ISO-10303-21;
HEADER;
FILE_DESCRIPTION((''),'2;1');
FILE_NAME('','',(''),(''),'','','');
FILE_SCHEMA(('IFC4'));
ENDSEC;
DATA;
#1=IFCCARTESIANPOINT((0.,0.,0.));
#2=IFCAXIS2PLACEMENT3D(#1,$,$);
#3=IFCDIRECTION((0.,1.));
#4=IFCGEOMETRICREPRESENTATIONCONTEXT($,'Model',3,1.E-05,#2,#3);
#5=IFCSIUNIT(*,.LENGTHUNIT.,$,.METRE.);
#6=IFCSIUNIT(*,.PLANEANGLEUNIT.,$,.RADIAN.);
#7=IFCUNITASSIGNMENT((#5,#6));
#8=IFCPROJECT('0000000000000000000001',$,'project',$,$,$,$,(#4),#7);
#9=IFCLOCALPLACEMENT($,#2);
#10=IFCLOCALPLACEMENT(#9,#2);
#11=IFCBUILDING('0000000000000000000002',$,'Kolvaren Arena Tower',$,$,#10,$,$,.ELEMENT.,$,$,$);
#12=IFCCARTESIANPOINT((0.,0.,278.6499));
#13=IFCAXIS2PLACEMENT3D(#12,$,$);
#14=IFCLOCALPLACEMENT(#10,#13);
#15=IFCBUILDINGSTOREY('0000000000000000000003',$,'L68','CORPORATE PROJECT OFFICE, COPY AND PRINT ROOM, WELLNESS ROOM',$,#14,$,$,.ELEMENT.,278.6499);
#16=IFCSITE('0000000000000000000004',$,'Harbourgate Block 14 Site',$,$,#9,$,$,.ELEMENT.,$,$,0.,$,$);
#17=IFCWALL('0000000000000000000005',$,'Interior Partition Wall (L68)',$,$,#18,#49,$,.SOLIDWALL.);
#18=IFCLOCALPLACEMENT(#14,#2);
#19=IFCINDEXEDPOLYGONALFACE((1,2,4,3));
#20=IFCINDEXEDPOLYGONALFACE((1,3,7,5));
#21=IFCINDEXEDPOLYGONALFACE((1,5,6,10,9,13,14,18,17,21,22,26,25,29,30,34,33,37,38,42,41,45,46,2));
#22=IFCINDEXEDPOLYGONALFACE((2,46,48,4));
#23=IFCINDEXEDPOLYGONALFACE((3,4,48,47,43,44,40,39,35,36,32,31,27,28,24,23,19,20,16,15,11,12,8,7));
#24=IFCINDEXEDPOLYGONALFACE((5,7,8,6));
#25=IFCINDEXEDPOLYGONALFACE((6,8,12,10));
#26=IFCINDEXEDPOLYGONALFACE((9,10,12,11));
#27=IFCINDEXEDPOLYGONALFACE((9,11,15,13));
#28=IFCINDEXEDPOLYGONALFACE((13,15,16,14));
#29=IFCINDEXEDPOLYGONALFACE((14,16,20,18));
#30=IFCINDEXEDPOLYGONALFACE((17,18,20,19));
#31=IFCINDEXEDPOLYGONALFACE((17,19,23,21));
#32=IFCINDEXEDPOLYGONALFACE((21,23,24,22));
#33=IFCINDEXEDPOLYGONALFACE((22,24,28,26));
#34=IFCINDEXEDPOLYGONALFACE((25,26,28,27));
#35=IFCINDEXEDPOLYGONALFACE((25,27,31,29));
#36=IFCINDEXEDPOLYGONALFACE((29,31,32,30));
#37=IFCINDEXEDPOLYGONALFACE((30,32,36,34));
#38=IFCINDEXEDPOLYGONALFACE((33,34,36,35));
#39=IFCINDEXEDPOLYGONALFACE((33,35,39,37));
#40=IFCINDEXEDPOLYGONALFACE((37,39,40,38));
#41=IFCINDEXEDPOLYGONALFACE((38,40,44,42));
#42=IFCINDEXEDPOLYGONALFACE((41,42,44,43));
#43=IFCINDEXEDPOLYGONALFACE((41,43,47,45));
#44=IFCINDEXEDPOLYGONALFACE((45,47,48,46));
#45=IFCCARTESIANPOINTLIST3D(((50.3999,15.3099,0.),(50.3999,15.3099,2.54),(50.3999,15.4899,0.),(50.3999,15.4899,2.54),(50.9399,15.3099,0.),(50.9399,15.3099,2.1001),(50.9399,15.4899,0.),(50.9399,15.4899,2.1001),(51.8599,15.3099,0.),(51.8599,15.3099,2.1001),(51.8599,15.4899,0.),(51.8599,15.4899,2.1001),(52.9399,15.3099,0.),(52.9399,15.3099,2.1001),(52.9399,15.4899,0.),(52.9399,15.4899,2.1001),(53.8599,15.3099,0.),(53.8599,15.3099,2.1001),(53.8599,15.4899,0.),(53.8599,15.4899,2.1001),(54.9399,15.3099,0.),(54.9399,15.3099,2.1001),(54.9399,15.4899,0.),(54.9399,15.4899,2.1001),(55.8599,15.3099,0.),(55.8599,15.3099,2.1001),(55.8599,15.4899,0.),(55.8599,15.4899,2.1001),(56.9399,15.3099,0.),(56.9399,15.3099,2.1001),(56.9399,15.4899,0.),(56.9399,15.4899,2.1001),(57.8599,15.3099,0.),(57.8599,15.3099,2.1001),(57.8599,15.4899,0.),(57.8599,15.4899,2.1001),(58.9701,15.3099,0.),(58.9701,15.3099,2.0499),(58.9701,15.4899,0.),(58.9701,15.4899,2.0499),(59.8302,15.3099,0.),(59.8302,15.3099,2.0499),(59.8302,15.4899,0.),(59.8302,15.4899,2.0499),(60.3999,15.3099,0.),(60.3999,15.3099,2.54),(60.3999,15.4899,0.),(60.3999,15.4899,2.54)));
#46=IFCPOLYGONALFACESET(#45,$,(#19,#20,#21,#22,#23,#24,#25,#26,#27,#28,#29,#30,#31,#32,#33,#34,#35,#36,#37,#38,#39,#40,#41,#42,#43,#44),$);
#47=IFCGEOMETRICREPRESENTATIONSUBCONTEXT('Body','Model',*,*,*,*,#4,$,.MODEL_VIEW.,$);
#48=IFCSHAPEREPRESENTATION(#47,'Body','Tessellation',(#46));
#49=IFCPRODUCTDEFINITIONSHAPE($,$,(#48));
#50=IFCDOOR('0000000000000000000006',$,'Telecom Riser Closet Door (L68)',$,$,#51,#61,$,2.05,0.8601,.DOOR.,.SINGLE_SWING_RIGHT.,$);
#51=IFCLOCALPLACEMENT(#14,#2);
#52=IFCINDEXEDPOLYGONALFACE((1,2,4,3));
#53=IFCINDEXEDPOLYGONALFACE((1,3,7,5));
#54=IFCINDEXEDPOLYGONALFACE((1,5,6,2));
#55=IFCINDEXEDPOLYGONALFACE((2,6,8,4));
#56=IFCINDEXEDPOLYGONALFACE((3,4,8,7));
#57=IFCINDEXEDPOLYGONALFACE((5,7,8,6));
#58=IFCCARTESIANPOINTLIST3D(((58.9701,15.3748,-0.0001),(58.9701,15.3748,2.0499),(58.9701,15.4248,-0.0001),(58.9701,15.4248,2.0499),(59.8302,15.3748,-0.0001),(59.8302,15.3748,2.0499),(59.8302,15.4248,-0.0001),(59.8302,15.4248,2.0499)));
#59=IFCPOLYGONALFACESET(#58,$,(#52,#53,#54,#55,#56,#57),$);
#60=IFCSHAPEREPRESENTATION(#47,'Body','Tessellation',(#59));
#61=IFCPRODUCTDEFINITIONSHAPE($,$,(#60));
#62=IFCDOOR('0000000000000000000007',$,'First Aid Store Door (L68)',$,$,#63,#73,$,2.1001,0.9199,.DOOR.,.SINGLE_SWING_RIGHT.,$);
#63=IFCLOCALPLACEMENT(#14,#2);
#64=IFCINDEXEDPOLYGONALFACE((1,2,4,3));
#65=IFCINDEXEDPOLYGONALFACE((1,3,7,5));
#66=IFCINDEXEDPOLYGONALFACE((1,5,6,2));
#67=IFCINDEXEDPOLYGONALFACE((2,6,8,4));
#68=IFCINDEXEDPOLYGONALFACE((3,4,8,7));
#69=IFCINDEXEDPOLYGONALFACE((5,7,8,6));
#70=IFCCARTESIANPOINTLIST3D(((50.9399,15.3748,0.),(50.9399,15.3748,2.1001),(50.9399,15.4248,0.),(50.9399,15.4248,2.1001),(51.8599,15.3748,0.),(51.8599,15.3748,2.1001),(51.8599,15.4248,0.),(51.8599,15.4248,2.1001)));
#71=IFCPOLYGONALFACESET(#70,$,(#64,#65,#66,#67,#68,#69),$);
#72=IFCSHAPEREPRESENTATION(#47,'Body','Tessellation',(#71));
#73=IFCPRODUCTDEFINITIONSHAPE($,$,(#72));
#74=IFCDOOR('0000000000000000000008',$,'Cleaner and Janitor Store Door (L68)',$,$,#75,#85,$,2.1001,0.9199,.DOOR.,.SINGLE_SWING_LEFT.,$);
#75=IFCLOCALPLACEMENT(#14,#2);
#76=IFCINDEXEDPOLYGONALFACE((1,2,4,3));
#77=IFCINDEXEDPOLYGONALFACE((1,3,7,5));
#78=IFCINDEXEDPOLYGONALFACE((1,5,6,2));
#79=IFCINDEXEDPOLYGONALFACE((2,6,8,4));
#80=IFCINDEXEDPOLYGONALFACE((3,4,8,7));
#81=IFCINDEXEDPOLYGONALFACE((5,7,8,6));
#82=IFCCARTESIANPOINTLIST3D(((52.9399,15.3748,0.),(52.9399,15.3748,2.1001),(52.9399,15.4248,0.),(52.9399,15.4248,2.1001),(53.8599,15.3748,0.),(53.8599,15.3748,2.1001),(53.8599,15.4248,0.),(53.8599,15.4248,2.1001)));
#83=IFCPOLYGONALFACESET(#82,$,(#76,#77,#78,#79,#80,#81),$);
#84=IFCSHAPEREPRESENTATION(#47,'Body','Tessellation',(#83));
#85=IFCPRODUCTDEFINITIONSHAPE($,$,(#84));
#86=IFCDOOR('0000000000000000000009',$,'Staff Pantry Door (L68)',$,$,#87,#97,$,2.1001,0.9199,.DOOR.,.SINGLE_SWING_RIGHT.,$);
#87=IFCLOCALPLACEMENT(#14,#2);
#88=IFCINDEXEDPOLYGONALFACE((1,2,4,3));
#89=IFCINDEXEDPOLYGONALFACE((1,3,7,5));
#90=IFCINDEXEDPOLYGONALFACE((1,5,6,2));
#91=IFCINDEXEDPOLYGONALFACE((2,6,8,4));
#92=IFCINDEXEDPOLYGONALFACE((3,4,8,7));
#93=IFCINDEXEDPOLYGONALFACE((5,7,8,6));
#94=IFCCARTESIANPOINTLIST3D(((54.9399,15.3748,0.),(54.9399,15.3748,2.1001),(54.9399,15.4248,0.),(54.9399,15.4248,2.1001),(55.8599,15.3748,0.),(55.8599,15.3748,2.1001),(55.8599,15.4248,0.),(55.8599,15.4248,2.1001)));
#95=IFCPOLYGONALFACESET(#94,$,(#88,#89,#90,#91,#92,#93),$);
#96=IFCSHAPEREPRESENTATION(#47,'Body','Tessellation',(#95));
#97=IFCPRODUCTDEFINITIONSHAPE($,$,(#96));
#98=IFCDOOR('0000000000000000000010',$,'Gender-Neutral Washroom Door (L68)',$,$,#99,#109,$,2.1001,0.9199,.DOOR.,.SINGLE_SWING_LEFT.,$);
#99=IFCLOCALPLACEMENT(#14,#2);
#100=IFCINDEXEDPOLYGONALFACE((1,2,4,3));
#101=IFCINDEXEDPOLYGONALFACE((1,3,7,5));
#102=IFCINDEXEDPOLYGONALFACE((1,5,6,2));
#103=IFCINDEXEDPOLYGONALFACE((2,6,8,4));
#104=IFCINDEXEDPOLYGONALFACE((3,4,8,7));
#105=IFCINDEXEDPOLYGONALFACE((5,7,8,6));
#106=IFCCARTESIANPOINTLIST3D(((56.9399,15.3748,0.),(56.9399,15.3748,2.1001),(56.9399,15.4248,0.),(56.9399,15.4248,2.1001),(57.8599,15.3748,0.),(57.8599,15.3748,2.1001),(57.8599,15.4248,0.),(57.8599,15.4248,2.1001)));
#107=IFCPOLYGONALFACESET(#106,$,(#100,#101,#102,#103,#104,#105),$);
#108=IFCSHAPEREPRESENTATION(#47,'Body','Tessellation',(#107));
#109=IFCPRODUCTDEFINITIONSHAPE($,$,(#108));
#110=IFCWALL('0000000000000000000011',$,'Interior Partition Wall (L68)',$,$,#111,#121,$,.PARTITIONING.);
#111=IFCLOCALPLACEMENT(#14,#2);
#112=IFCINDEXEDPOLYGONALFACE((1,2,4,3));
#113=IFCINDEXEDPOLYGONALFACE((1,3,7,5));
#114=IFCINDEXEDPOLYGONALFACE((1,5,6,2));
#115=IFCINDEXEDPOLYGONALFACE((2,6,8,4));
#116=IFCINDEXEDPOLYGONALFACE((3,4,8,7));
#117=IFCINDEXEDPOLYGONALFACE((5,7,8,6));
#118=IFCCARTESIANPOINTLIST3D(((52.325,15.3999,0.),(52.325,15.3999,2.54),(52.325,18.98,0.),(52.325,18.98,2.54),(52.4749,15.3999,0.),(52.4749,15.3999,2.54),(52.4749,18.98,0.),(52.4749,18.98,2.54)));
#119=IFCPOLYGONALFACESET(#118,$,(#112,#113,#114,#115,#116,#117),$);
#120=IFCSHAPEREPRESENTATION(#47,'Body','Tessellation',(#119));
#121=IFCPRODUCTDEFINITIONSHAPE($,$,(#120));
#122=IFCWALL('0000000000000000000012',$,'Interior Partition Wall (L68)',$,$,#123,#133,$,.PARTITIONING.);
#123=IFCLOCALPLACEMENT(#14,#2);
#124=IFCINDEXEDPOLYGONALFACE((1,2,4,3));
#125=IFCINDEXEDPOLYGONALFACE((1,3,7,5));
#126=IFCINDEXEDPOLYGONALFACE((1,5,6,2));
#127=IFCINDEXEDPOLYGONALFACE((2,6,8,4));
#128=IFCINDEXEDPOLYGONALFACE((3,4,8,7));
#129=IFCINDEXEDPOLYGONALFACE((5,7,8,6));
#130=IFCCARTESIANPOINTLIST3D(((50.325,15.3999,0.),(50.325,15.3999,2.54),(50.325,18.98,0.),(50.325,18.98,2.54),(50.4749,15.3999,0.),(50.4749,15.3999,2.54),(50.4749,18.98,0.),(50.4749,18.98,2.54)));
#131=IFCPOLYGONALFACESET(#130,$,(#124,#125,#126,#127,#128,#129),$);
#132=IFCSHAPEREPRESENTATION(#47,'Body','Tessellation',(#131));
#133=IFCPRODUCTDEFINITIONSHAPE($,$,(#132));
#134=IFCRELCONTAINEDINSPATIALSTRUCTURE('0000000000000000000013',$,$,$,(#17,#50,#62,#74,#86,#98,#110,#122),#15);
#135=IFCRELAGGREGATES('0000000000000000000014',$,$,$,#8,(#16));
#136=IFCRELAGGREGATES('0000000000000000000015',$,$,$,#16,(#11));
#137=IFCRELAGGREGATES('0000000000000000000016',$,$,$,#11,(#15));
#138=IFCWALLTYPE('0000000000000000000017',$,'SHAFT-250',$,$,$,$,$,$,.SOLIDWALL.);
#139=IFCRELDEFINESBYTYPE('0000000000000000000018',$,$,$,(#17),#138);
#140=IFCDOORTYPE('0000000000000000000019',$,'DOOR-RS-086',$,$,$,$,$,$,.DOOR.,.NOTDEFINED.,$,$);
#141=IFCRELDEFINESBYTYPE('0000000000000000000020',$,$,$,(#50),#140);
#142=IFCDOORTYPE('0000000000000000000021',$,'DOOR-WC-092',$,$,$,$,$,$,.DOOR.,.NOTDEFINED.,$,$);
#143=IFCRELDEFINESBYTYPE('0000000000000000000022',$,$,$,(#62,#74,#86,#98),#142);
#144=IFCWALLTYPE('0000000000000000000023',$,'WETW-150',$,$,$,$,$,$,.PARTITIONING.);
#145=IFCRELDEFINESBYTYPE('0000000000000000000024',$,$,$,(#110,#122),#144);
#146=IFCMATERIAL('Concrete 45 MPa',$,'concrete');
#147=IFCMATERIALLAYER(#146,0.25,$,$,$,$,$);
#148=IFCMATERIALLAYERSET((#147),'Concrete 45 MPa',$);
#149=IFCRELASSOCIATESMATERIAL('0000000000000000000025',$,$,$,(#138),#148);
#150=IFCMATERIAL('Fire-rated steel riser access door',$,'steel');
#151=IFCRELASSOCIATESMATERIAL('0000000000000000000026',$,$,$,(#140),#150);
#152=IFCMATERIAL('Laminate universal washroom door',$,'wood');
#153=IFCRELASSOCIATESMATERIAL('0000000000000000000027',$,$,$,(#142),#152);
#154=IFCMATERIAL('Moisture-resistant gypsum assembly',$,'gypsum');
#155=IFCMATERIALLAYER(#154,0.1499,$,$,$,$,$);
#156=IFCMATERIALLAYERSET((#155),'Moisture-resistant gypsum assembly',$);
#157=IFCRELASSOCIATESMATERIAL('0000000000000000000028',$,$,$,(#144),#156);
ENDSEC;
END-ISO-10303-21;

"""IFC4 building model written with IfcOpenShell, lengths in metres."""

from ifc_helpers import new_model, si_unit, direction, frame, frame_2d, origin, place, context, subcontext, project, spatial, rectangle, extrude, material, layer, layer_set, type_object, element, fill, save


model = new_model("IFC4")

# Units and contexts
model_context = context("Model", 3, precision=1e-05, world=origin(), true_north=direction((0.0, 1.0)))
body_context = subcontext(model_context, "Body", "Model", "MODEL_VIEW")
ifc_project = project(units=[si_unit("LENGTHUNIT", "METRE"), si_unit("PLANEANGLEUNIT", "RADIAN")], contexts=[model_context])

# Site, building, storey
site_placement = place(None, origin())
site = spatial("IfcSite", under=ifc_project, at=site_placement, Name="Harbourgate Block 14 Site", CompositionType="ELEMENT", RefElevation=0.0)
building_placement = place(site_placement, origin())
building = spatial("IfcBuilding", under=site, at=building_placement, Name="Kolvaren Arena Tower", CompositionType="ELEMENT")
storey_placement = place(building_placement, frame((0.0, 0.0, 278.6499)))
storey = spatial("IfcBuildingStorey", under=building, at=storey_placement, Name="L68", Description="CORPORATE PROJECT OFFICE, COPY AND PRINT ROOM, WELLNESS ROOM", CompositionType="ELEMENT", Elevation=278.6499)

# Wall, openings, doors
ifc_material_1 = material(Name="Concrete 45 MPa", Category="concrete")
ifc_layer_1 = layer(ifc_material_1, 0.25)
ifc_layer_set_1 = layer_set([ifc_layer_1], Name="Concrete 45 MPa")
wall_type_1 = type_object("IfcWallType", Name="SHAFT-250", PredefinedType="SOLIDWALL", material=ifc_layer_set_1)
wall_1_placement = place(storey_placement, frame((50.3999, 15.3999, 0.0), z_axis=(0.0, 0.0, 1.0), x_axis=(1.0, 0.0, 0.0)))
wall_1 = element("IfcWall", 1, at=wall_1_placement, inside=storey, type_object=wall_type_1, Name="Interior Partition Wall (L68)", PredefinedType="SOLIDWALL", context=body_context, shape_type="SweptSolid", body=[
    extrude(rectangle(XDim=10.0, YDim=0.1799, at=frame_2d((5.0, 0.0))), origin(), (0.0, 0.0, 1.0), 2.54),
])
opening_1_placement = place(wall_1_placement, frame((0.54, 0.0, 0.0)))
opening_1 = element("IfcOpeningElement", 2, at=opening_1_placement, cuts=wall_1, PredefinedType="OPENING", context=body_context, shape_type="SweptSolid", body=[
    extrude(rectangle(XDim=0.9199, YDim=2.1001, at=frame_2d((0.46, 1.05))), frame((0.0, 0.0999, 0.0), z_axis=(0.0, -1.0, 0.0), x_axis=(1.0, 0.0, 0.0)), (0.0, 0.0, 1.0), 0.2),
])
opening_2_placement = place(wall_1_placement, frame((2.54, 0.0, 0.0)))
opening_2 = element("IfcOpeningElement", 3, at=opening_2_placement, cuts=wall_1, PredefinedType="OPENING", context=body_context, shape_type="SweptSolid", body=[
    extrude(rectangle(XDim=0.9199, YDim=2.1001, at=frame_2d((0.46, 1.05))), frame((0.0, 0.0999, 0.0), z_axis=(0.0, -1.0, 0.0), x_axis=(1.0, 0.0, 0.0)), (0.0, 0.0, 1.0), 0.2),
])
opening_3_placement = place(wall_1_placement, frame((4.54, 0.0, 0.0)))
opening_3 = element("IfcOpeningElement", 4, at=opening_3_placement, cuts=wall_1, PredefinedType="OPENING", context=body_context, shape_type="SweptSolid", body=[
    extrude(rectangle(XDim=0.9199, YDim=2.1001, at=frame_2d((0.46, 1.05))), frame((0.0, 0.0999, 0.0), z_axis=(0.0, -1.0, 0.0), x_axis=(1.0, 0.0, 0.0)), (0.0, 0.0, 1.0), 0.2),
])
opening_4_placement = place(wall_1_placement, frame((6.54, 0.0, 0.0)))
opening_4 = element("IfcOpeningElement", 5, at=opening_4_placement, cuts=wall_1, PredefinedType="OPENING", context=body_context, shape_type="SweptSolid", body=[
    extrude(rectangle(XDim=0.9199, YDim=2.1001, at=frame_2d((0.46, 1.05))), frame((0.0, 0.0999, 0.0), z_axis=(0.0, -1.0, 0.0), x_axis=(1.0, 0.0, 0.0)), (0.0, 0.0, 1.0), 0.2),
])
opening_5_placement = place(wall_1_placement, frame((8.5701, 0.0, 0.0)))
opening_5 = element("IfcOpeningElement", 6, at=opening_5_placement, cuts=wall_1, PredefinedType="OPENING", context=body_context, shape_type="SweptSolid", body=[
    extrude(rectangle(XDim=0.8601, YDim=2.05, at=frame_2d((0.4302, 1.0249))), frame((0.0, 0.0999, 0.0), z_axis=(0.0, -1.0, 0.0), x_axis=(1.0, 0.0, 0.0)), (0.0, 0.0, 1.0), 0.2),
])
ifc_material_2 = material(Name="Fire-rated steel riser access door", Category="steel")
door_type_1 = type_object("IfcDoorType", Name="DOOR-RS-086", OperationType="NOTDEFINED", PredefinedType="DOOR", material=ifc_material_2)
door_1_placement = place(opening_5_placement, origin())
door_1 = element("IfcDoor", 7, at=door_1_placement, inside=storey, type_object=door_type_1, Name="Telecom Riser Closet Door (L68)", OperationType="SINGLE_SWING_RIGHT", OverallHeight=2.05, OverallWidth=0.8601, PredefinedType="DOOR", context=body_context, shape_type="SweptSolid", body=[
    extrude(rectangle(XDim=0.8601, YDim=2.05, at=frame_2d((0.4302, 1.0249))), frame((0.0, 0.0249, 0.0), z_axis=(0.0, -1.0, 0.0), x_axis=(1.0, 0.0, 0.0)), (0.0, 0.0, 1.0), 0.05),
])
fill(opening_5, door_1)
ifc_material_3 = material(Name="Laminate universal washroom door", Category="wood")
door_type_2 = type_object("IfcDoorType", Name="DOOR-WC-092", OperationType="NOTDEFINED", PredefinedType="DOOR", material=ifc_material_3)
door_2_placement = place(opening_1_placement, origin())
door_2 = element("IfcDoor", 8, at=door_2_placement, inside=storey, type_object=door_type_2, Name="First Aid Store Door (L68)", OperationType="SINGLE_SWING_RIGHT", OverallHeight=2.1001, OverallWidth=0.9199, PredefinedType="DOOR", context=body_context, shape_type="SweptSolid", body=[
    extrude(rectangle(XDim=0.9199, YDim=2.1001, at=frame_2d((0.46, 1.05))), frame((0.0, 0.0249, 0.0), z_axis=(0.0, -1.0, 0.0), x_axis=(1.0, 0.0, 0.0)), (0.0, 0.0, 1.0), 0.05),
])
fill(opening_1, door_2)
door_3_placement = place(opening_2_placement, origin())
door_3 = element("IfcDoor", 9, at=door_3_placement, inside=storey, type_object=door_type_2, Name="Cleaner and Janitor Store Door (L68)", OperationType="SINGLE_SWING_LEFT", OverallHeight=2.1001, OverallWidth=0.9199, PredefinedType="DOOR", context=body_context, shape_type="SweptSolid", body=[
    extrude(rectangle(XDim=0.9199, YDim=2.1001, at=frame_2d((0.46, 1.05))), frame((0.0, 0.0249, 0.0), z_axis=(0.0, -1.0, 0.0), x_axis=(1.0, 0.0, 0.0)), (0.0, 0.0, 1.0), 0.05),
])
fill(opening_2, door_3)
door_4_placement = place(opening_3_placement, origin())
door_4 = element("IfcDoor", 10, at=door_4_placement, inside=storey, type_object=door_type_2, Name="Staff Pantry Door (L68)", OperationType="SINGLE_SWING_RIGHT", OverallHeight=2.1001, OverallWidth=0.9199, PredefinedType="DOOR", context=body_context, shape_type="SweptSolid", body=[
    extrude(rectangle(XDim=0.9199, YDim=2.1001, at=frame_2d((0.46, 1.05))), frame((0.0, 0.0249, 0.0), z_axis=(0.0, -1.0, 0.0), x_axis=(1.0, 0.0, 0.0)), (0.0, 0.0, 1.0), 0.05),
])
fill(opening_3, door_4)
door_5_placement = place(opening_4_placement, origin())
door_5 = element("IfcDoor", 11, at=door_5_placement, inside=storey, type_object=door_type_2, Name="Gender-Neutral Washroom Door (L68)", OperationType="SINGLE_SWING_LEFT", OverallHeight=2.1001, OverallWidth=0.9199, PredefinedType="DOOR", context=body_context, shape_type="SweptSolid", body=[
    extrude(rectangle(XDim=0.9199, YDim=2.1001, at=frame_2d((0.46, 1.05))), frame((0.0, 0.0249, 0.0), z_axis=(0.0, -1.0, 0.0), x_axis=(1.0, 0.0, 0.0)), (0.0, 0.0, 1.0), 0.05),
])
fill(opening_4, door_5)

# Walls
ifc_material_4 = material(Name="Moisture-resistant gypsum assembly", Category="gypsum")
ifc_layer_2 = layer(ifc_material_4, 0.1499)
ifc_layer_set_2 = layer_set([ifc_layer_2], Name="Moisture-resistant gypsum assembly")
wall_type_2 = type_object("IfcWallType", Name="WETW-150", PredefinedType="PARTITIONING", material=ifc_layer_set_2)
for number, where, z_axis, x_axis, name in (
    (12, (52.3999, 15.3999, 0.0), (0.0, 0.0, 1.0), (0.0, 1.0, 0.0), "Interior Partition Wall (L68)"),
    (13, (50.3999, 15.3999, 0.0), (0.0, 0.0, 1.0), (0.0, 1.0, 0.0), "Interior Partition Wall (L68)"),
):
    element("IfcWall", number, at=place(storey_placement, frame(where, z_axis=z_axis, x_axis=x_axis)), inside=storey, type_object=wall_type_2, Name=name, PredefinedType="PARTITIONING", context=body_context, shape_type="SweptSolid", body=[
        extrude(rectangle(XDim=3.5801, YDim=0.1499, at=frame_2d((1.79, 0.0))), origin(), (0.0, 0.0, 1.0), 2.54),
    ])

save(model, "model.ifc")
